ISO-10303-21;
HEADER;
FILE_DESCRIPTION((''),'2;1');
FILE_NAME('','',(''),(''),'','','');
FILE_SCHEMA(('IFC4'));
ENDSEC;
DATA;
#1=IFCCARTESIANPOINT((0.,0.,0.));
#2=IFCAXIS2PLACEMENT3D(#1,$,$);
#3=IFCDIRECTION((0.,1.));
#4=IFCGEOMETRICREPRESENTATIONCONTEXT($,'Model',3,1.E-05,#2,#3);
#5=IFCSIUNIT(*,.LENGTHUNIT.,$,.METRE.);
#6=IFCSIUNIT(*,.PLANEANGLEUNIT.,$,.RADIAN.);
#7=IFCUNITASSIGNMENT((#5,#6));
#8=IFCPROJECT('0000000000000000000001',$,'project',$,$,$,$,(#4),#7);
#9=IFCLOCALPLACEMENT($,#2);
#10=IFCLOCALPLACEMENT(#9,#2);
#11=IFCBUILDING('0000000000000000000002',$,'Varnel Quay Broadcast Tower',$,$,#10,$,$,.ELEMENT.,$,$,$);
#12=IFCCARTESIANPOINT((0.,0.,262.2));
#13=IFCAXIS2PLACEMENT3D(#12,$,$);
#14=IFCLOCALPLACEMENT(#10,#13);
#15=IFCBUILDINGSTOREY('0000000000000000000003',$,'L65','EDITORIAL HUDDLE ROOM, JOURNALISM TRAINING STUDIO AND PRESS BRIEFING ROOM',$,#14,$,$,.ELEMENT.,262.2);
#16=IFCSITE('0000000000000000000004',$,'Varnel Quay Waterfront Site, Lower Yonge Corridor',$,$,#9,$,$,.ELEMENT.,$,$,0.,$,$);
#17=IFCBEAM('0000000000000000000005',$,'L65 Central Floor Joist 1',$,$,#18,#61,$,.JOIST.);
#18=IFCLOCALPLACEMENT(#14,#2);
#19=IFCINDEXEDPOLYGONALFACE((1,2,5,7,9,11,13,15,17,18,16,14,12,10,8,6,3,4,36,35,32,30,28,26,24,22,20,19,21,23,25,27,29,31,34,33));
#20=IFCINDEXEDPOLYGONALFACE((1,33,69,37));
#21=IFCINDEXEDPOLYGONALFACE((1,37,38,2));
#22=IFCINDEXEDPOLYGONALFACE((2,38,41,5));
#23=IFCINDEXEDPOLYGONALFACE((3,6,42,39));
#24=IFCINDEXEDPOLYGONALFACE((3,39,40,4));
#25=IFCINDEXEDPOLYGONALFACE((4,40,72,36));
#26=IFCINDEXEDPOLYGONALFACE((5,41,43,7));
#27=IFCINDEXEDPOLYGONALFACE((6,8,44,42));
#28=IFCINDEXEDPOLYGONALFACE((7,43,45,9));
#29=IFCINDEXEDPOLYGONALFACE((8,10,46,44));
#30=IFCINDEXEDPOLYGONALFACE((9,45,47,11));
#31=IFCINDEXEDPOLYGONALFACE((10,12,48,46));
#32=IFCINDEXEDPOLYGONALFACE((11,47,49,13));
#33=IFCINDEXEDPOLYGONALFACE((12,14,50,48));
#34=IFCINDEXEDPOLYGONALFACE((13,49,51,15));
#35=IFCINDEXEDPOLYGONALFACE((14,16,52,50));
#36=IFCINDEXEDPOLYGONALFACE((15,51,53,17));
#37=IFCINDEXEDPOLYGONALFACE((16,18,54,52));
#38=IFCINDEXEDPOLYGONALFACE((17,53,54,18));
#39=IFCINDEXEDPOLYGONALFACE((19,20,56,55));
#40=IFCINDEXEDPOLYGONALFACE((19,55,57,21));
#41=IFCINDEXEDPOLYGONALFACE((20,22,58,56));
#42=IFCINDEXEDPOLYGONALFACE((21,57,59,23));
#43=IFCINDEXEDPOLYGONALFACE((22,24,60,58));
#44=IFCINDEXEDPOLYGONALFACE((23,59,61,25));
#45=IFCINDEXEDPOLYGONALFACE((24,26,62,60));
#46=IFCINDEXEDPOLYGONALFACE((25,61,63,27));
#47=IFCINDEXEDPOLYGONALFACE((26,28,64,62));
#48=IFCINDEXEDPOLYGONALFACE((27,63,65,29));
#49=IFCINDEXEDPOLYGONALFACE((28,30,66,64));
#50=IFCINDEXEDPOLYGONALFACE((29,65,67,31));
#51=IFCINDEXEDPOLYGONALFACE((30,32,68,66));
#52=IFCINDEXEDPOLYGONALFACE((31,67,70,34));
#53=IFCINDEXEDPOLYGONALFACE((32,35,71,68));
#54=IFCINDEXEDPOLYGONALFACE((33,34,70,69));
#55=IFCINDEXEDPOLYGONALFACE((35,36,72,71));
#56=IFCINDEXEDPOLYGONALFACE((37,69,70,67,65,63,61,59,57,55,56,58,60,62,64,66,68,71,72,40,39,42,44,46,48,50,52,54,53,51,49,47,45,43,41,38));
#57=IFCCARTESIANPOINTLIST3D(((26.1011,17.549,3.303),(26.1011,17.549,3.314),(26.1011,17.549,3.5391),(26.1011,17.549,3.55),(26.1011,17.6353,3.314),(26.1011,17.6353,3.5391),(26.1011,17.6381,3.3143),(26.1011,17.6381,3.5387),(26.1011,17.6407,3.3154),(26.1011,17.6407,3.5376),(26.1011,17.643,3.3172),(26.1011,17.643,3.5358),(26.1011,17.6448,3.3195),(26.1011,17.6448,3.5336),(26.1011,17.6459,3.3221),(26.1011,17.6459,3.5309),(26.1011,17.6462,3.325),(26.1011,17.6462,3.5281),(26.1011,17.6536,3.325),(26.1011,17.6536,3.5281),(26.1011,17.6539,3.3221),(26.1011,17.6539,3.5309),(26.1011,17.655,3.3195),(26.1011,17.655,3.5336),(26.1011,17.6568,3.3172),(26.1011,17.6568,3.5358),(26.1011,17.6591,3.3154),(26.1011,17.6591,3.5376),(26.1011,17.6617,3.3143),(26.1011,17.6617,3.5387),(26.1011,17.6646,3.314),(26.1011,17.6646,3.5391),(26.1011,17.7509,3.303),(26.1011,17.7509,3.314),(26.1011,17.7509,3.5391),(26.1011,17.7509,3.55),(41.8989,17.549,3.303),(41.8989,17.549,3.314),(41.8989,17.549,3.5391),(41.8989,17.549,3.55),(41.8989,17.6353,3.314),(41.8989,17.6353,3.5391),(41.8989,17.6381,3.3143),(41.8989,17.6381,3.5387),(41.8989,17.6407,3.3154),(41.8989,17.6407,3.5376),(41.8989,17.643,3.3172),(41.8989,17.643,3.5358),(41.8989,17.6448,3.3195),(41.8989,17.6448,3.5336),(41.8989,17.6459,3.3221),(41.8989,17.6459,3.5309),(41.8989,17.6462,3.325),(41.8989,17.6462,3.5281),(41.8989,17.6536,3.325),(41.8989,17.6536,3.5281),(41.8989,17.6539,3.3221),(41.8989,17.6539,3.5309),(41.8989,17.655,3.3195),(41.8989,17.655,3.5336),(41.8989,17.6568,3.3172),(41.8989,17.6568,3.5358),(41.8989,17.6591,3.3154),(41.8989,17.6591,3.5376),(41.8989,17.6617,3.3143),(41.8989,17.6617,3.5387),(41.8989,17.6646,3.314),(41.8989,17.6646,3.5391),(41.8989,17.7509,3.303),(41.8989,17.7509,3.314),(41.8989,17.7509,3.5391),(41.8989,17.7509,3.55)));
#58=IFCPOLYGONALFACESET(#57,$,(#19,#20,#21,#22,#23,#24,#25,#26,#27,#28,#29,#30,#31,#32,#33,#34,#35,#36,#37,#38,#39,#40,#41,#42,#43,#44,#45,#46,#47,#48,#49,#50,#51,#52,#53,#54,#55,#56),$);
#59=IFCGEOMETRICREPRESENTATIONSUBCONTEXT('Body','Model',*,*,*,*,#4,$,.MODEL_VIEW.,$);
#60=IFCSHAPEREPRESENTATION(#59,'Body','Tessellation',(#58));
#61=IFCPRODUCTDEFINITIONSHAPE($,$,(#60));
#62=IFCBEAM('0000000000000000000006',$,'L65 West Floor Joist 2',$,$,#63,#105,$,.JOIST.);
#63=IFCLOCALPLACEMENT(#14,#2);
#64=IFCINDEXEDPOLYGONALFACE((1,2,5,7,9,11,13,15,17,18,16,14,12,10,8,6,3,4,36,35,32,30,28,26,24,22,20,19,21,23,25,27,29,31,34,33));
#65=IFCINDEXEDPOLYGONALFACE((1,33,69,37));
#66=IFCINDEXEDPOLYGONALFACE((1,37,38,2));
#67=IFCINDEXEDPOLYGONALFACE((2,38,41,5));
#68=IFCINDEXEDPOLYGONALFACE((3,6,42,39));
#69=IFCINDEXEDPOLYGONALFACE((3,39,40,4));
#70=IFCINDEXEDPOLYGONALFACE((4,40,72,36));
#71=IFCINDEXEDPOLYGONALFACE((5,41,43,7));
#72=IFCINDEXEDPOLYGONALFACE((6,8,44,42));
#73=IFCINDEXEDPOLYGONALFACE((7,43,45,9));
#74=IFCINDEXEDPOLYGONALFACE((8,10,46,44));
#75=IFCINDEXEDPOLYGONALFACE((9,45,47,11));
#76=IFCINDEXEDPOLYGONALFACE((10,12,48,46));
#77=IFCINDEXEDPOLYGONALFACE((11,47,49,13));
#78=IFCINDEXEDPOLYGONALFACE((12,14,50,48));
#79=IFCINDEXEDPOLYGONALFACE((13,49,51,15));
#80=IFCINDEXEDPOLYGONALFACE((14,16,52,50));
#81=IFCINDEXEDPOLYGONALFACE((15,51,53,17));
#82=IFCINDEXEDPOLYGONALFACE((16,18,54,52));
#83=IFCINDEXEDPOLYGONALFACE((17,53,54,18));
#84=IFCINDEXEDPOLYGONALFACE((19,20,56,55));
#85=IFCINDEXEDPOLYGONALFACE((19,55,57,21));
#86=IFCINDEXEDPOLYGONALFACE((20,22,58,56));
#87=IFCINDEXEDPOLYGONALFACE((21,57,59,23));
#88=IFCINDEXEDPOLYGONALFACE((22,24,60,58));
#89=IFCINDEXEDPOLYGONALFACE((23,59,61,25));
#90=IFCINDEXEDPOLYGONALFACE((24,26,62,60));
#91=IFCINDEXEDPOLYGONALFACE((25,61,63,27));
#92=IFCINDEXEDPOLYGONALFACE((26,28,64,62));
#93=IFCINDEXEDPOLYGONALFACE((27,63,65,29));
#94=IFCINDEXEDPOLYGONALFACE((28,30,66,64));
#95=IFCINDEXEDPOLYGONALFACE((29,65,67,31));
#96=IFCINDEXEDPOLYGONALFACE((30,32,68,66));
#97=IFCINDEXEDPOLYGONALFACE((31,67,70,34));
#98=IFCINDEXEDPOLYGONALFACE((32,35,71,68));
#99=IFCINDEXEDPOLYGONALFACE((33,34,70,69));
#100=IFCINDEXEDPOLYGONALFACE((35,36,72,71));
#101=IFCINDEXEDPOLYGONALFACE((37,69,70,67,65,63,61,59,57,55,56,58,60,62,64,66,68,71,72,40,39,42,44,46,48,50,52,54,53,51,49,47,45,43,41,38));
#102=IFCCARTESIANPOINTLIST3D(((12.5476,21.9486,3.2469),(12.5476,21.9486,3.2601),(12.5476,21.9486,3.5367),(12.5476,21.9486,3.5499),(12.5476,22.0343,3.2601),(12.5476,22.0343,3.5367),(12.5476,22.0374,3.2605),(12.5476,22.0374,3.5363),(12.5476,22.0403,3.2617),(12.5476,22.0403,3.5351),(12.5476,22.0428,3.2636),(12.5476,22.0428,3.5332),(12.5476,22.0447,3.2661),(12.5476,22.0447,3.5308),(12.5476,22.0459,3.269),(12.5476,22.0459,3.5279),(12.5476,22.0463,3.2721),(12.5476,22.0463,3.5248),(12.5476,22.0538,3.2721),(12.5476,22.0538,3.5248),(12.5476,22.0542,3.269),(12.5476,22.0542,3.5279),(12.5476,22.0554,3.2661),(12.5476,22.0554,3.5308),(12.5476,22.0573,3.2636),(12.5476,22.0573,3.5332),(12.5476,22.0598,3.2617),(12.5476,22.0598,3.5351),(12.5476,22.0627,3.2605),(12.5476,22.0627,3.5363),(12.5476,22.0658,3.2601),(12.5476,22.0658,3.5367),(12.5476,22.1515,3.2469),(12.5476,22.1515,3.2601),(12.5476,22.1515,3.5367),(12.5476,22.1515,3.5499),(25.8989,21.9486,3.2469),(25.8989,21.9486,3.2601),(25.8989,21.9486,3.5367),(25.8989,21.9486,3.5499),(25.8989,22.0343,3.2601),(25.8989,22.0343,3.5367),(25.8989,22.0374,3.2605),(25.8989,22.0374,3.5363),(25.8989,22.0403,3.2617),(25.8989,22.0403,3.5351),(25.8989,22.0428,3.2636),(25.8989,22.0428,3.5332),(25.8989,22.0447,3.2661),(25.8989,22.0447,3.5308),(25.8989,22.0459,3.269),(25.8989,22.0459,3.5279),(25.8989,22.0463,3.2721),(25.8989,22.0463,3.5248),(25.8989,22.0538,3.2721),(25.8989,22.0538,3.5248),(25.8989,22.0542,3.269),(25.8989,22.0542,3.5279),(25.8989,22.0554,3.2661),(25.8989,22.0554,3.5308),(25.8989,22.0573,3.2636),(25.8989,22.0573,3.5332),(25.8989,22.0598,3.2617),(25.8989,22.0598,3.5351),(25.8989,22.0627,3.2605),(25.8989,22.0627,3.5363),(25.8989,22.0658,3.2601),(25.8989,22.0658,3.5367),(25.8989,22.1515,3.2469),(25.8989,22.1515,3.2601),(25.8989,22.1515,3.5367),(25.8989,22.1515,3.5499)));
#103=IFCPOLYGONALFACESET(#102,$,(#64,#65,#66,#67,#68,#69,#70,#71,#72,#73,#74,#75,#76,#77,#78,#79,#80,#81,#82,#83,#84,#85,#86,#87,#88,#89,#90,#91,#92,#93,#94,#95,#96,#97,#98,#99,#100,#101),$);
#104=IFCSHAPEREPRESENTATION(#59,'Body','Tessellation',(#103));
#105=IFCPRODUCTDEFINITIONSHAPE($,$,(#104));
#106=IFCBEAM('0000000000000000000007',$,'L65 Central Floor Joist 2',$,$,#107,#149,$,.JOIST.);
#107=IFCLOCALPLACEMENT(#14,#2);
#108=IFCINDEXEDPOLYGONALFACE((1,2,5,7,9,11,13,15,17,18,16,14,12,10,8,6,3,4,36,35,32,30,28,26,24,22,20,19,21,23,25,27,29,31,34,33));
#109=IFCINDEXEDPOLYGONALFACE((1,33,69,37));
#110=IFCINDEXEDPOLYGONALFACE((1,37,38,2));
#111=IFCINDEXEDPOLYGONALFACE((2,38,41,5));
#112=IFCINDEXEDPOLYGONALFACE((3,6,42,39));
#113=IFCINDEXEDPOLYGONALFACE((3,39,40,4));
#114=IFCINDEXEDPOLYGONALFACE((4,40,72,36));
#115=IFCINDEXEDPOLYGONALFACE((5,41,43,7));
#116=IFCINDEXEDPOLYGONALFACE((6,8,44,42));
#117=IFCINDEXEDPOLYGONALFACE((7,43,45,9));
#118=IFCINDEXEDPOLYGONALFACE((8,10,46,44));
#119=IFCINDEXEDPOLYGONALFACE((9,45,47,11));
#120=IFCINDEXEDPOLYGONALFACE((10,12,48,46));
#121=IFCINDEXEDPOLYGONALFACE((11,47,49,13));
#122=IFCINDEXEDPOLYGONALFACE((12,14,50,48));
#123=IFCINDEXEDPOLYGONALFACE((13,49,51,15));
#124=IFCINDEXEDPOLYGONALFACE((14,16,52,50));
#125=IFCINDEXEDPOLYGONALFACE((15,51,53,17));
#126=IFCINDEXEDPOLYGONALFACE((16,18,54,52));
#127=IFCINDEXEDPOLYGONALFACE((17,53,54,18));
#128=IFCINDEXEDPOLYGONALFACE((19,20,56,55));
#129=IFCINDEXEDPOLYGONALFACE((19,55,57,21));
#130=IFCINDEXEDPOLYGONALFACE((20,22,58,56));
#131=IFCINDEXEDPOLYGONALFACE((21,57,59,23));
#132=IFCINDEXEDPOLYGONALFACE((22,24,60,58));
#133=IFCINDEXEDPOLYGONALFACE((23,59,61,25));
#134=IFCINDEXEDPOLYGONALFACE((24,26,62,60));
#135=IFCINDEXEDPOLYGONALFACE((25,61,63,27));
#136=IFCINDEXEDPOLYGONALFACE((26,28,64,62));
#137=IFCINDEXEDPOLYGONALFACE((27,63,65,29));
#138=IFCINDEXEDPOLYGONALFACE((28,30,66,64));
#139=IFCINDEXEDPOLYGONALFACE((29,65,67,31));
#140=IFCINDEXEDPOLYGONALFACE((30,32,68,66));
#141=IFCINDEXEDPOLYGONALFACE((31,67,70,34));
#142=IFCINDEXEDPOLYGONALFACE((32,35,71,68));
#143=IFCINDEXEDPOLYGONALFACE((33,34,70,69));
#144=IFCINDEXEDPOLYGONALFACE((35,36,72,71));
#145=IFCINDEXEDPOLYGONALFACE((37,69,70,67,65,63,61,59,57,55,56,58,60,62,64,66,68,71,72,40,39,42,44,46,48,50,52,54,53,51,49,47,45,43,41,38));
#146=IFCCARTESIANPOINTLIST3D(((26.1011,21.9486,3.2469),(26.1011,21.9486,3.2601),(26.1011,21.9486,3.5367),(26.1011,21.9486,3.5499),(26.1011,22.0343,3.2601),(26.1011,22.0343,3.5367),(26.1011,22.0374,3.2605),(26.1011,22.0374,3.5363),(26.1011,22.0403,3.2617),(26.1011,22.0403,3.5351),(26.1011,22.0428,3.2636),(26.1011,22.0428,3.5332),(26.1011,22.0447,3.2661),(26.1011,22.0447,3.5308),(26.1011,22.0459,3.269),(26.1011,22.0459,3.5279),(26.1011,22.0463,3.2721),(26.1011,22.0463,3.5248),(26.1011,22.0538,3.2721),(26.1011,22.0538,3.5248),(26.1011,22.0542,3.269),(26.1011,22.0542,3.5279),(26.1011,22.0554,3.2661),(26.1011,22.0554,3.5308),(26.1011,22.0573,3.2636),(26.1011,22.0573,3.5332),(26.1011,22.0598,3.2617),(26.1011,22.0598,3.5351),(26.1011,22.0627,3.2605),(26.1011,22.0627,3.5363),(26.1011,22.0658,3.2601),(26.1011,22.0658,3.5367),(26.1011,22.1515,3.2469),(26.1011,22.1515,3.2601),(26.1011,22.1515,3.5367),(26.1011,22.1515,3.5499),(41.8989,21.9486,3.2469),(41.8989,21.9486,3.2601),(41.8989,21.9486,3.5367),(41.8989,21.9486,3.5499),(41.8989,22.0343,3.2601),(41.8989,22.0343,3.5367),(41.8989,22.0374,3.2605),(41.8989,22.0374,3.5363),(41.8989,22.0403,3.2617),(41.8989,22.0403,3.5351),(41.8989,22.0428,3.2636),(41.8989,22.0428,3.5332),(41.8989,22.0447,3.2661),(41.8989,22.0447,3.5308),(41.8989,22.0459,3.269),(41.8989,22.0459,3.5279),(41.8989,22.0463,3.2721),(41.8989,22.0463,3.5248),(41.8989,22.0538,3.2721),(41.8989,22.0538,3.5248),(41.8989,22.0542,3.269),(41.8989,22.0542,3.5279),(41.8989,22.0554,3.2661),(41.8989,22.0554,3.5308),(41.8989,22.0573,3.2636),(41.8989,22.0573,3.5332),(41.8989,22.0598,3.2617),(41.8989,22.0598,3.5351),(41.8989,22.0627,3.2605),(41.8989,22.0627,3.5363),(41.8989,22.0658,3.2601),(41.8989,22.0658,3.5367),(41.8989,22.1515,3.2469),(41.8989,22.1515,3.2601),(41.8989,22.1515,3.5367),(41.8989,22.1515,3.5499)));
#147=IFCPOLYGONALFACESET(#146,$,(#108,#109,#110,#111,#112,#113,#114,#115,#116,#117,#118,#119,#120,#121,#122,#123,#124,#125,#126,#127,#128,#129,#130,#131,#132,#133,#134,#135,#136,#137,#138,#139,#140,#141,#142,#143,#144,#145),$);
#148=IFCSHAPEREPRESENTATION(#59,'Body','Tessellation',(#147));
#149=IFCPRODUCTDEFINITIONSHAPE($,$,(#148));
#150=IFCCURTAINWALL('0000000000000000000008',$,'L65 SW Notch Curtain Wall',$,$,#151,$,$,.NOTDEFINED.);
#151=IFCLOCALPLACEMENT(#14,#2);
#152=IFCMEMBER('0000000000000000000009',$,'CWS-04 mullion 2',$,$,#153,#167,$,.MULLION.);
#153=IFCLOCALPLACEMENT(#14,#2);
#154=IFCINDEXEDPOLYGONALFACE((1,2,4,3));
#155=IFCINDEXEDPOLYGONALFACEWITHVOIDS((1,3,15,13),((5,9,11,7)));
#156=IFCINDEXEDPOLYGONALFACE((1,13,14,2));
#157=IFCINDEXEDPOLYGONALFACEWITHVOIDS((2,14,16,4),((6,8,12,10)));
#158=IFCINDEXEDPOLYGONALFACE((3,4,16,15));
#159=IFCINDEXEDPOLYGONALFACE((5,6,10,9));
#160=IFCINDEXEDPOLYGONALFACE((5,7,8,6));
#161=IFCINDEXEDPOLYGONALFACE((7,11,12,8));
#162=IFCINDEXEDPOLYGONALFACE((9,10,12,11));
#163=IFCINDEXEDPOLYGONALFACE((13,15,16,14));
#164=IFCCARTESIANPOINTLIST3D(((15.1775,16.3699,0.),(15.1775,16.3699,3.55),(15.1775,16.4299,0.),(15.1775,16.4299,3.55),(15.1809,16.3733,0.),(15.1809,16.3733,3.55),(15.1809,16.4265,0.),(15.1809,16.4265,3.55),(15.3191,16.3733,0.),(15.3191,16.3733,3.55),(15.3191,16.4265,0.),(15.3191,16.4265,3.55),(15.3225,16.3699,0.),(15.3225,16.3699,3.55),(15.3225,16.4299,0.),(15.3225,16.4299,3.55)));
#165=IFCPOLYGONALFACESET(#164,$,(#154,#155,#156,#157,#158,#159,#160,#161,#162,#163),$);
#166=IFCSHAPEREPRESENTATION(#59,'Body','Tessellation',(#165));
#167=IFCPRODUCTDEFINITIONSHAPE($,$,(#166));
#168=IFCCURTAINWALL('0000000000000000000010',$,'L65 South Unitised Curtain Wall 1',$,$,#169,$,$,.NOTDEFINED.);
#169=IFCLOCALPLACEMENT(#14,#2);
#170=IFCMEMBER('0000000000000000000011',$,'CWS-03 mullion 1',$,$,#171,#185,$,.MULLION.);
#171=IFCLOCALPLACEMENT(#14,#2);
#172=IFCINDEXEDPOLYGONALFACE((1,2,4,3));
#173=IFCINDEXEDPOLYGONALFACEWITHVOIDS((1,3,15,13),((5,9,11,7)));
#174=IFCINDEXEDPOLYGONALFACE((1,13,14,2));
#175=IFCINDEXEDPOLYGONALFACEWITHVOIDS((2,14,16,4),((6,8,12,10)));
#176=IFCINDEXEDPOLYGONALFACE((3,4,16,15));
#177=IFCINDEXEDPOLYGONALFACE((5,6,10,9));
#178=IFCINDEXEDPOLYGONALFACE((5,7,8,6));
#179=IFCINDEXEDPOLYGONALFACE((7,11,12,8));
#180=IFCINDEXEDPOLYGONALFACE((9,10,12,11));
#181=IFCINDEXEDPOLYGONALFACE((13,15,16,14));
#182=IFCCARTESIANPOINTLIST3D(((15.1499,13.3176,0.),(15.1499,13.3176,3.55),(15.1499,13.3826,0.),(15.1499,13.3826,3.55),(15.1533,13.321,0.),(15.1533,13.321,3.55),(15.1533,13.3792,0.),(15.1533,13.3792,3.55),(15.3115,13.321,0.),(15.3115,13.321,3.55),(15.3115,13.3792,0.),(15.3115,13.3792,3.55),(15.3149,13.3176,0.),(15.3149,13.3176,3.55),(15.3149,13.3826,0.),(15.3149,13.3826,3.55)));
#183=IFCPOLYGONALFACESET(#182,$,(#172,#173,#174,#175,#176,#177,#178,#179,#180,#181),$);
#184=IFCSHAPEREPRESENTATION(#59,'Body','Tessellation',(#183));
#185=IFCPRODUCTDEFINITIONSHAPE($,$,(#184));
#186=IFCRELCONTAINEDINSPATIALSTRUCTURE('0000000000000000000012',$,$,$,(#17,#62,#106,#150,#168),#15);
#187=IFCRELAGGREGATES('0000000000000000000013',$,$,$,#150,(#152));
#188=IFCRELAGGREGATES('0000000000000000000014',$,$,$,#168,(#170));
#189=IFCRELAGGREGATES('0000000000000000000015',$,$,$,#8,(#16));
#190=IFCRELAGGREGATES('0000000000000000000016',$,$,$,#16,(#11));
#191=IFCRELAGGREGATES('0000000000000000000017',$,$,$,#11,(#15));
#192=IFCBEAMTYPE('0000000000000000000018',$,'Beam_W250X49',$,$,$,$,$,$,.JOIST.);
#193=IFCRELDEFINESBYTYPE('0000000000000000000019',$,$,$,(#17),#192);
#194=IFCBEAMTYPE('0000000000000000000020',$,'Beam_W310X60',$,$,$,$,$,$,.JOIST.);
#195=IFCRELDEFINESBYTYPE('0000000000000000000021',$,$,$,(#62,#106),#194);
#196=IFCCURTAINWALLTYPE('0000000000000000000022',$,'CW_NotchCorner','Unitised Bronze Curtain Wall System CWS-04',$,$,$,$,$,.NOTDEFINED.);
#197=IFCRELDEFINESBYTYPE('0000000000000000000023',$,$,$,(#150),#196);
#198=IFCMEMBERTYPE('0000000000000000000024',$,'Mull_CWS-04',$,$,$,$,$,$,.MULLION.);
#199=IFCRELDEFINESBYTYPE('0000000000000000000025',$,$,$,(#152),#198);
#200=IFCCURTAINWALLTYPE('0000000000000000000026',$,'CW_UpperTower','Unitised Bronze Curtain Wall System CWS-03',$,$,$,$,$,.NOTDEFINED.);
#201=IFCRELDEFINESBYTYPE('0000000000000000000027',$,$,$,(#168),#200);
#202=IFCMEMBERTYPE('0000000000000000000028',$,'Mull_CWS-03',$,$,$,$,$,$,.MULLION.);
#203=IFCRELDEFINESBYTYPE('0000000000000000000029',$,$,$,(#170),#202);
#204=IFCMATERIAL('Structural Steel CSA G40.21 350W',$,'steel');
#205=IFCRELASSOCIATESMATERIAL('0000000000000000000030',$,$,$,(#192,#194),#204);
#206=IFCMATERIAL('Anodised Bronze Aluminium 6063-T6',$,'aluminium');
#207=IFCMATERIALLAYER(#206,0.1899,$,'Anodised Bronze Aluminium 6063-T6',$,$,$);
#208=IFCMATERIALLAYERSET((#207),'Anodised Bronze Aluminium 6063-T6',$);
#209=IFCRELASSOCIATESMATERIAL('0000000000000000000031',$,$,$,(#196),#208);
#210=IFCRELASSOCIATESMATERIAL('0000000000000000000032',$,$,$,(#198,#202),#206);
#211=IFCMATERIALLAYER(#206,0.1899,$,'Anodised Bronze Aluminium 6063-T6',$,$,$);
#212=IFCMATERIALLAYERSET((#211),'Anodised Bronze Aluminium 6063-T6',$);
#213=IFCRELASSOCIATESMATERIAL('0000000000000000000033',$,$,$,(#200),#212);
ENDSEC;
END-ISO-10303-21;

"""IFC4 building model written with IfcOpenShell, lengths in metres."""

from ifc_helpers import new_model, si_unit, direction, frame, origin, origin_2d, place, context, subcontext, project, spatial, hollow_rectangle, i_section, extrude, source, transform, mapped, material, layer, layer_set, material_profile, profile_set, type_object, type_shapes, element, aggregate, save


model = new_model("IFC4")

# Units and contexts
model_context = context("Model", 3, precision=1e-05, world=origin(), true_north=direction((0.0, 1.0)))
body_context = subcontext(model_context, "Body", "Model", "MODEL_VIEW")
ifc_project = project(units=[si_unit("LENGTHUNIT", "METRE"), si_unit("PLANEANGLEUNIT", "RADIAN")], contexts=[model_context])

# Site, building, storey
site_placement = place(None, origin())
site = spatial("IfcSite", under=ifc_project, at=site_placement, Name="Varnel Quay Waterfront Site, Lower Yonge Corridor", CompositionType="ELEMENT", RefElevation=0.0)
building_placement = place(site_placement, origin())
building = spatial("IfcBuilding", under=site, at=building_placement, Name="Varnel Quay Broadcast Tower", CompositionType="ELEMENT")
storey_placement = place(building_placement, frame((0.0, 0.0, 262.2)))
storey = spatial("IfcBuildingStorey", under=building, at=storey_placement, Name="L65", Description="EDITORIAL HUDDLE ROOM, JOURNALISM TRAINING STUDIO AND PRESS BRIEFING ROOM", CompositionType="ELEMENT", Elevation=262.2)

# Shared definitions
ifc_material_1 = material(Name="Structural Steel CSA G40.21 350W", Category="steel")

# Beams
ifc_material_profile_1 = material_profile(ifc_material_1, i_section(OverallWidth=0.2019, OverallDepth=0.2471, WebThickness=0.0073, FlangeThickness=0.011, FilletRadius=0.011, at=origin_2d()), Name="W250X49")
ifc_profile_set_1 = profile_set([ifc_material_profile_1], Name="Structural Steel CSA G40.21 350W")
beam_type_1 = type_object("IfcBeamType", Name="Beam_W250X49", PredefinedType="JOIST", material=ifc_profile_set_1)
shared_shape_1 = source(origin(), body_context, "Body", "SweptSolid", [
    extrude(i_section(OverallWidth=0.2019, OverallDepth=0.2471, WebThickness=0.0073, FlangeThickness=0.011, FilletRadius=0.011, at=origin_2d()), origin(), (0.0, 0.0, 1.0), 15.7979),
])
beam_1_placement = place(storey_placement, frame((26.1011, 17.6499, 3.4265), z_axis=(1.0, 0.0, 0.0), x_axis=(0.0, 1.0, 0.0)))
element("IfcBeam", 1, at=beam_1_placement, inside=storey, type_object=beam_type_1, Name="L65 Central Floor Joist 1", PredefinedType="JOIST", context=body_context, shape_type="MappedRepresentation", body=[
    mapped(shared_shape_1, transform((0.0, 0.0, 0.0), x_axis=(1.0, 0.0, 0.0), y_axis=(0.0, 1.0, 0.0), z_axis=(0.0, 0.0, 1.0), scale=1.0)),
])
ifc_material_profile_2 = material_profile(ifc_material_1, i_section(OverallWidth=0.2029, OverallDepth=0.303, WebThickness=0.0076, FlangeThickness=0.0132, FilletRadius=0.012, at=origin_2d()), Name="W310X60")
ifc_profile_set_2 = profile_set([ifc_material_profile_2], Name="Structural Steel CSA G40.21 350W")
beam_type_2 = type_object("IfcBeamType", Name="Beam_W310X60", PredefinedType="JOIST", material=ifc_profile_set_2)
shared_shape_2 = source(origin(), body_context, "Body", "SweptSolid", [
    extrude(i_section(OverallWidth=0.2029, OverallDepth=0.303, WebThickness=0.0076, FlangeThickness=0.0132, FilletRadius=0.012, at=origin_2d()), origin(), (0.0, 0.0, 1.0), 13.3513),
])
beam_2_placement = place(storey_placement, frame((12.5476, 22.05, 3.3984), z_axis=(1.0, 0.0, 0.0), x_axis=(0.0, 1.0, 0.0)))
element("IfcBeam", 2, at=beam_2_placement, inside=storey, type_object=beam_type_2, Name="L65 West Floor Joist 2", PredefinedType="JOIST", context=body_context, shape_type="MappedRepresentation", body=[
    mapped(shared_shape_2, transform((0.0, 0.0, 0.0), x_axis=(1.0, 0.0, 0.0), y_axis=(0.0, 1.0, 0.0), z_axis=(0.0, 0.0, 1.0), scale=1.0)),
])
shared_shape_3 = source(origin(), body_context, "Body", "SweptSolid", [
    extrude(i_section(OverallWidth=0.2029, OverallDepth=0.303, WebThickness=0.0076, FlangeThickness=0.0132, FilletRadius=0.012, at=origin_2d()), origin(), (0.0, 0.0, 1.0), 15.7979),
])
type_shapes(beam_type_2, [shared_shape_2, shared_shape_3])
beam_3_placement = place(storey_placement, frame((26.1011, 22.05, 3.3984), z_axis=(1.0, 0.0, 0.0), x_axis=(0.0, 1.0, 0.0)))
element("IfcBeam", 3, at=beam_3_placement, inside=storey, type_object=beam_type_2, Name="L65 Central Floor Joist 2", PredefinedType="JOIST", context=body_context, shape_type="MappedRepresentation", body=[
    mapped(shared_shape_3, transform((0.0, 0.0, 0.0), x_axis=(1.0, 0.0, 0.0), y_axis=(0.0, 1.0, 0.0), z_axis=(0.0, 0.0, 1.0), scale=1.0)),
])

# Curtain wall, member
ifc_material_2 = material(Name="Anodised Bronze Aluminium 6063-T6", Category="aluminium")
ifc_layer_1 = layer(ifc_material_2, 0.1899, Name="Anodised Bronze Aluminium 6063-T6")
ifc_layer_set_1 = layer_set([ifc_layer_1], Name="Anodised Bronze Aluminium 6063-T6")
curtain_wall_type_1 = type_object("IfcCurtainWallType", Name="CW_NotchCorner", Description="Unitised Bronze Curtain Wall System CWS-04", PredefinedType="NOTDEFINED", material=ifc_layer_set_1)
curtain_wall_1_placement = place(storey_placement, origin())
curtain_wall_1 = element("IfcCurtainWall", 4, at=curtain_wall_1_placement, inside=storey, type_object=curtain_wall_type_1, Name="L65 SW Notch Curtain Wall", PredefinedType="NOTDEFINED")
ifc_material_profile_3 = material_profile(ifc_material_2, hollow_rectangle(XDim=0.0601, YDim=0.145, WallThickness=0.0034, at=origin_2d()), Name="ALU60X145X3.5")
ifc_profile_set_3 = profile_set([ifc_material_profile_3], Name="Anodised Bronze Aluminium 6063-T6")
member_type_1 = type_object("IfcMemberType", Name="Mull_CWS-04", PredefinedType="MULLION", material=ifc_profile_set_3)
shared_shape_4 = source(origin(), body_context, "Body", "SweptSolid", [
    extrude(hollow_rectangle(XDim=0.0601, YDim=0.145, WallThickness=0.0034, at=origin_2d()), origin(), (0.0, 0.0, 1.0), 3.55),
])
type_shapes(member_type_1, [shared_shape_4])
member_1_placement = place(storey_placement, frame((15.25, 16.3999, 0.0), z_axis=(0.0, 0.0, 1.0), x_axis=(0.0, 1.0, 0.0)))
member_1 = element("IfcMember", 5, at=member_1_placement, type_object=member_type_1, Name="CWS-04 mullion 2", PredefinedType="MULLION", context=body_context, shape_type="MappedRepresentation", body=[
    mapped(shared_shape_4, transform((0.0, 0.0, 0.0), x_axis=(1.0, 0.0, 0.0), y_axis=(0.0, 1.0, 0.0), z_axis=(0.0, 0.0, 1.0), scale=1.0)),
])

# Curtain wall, member
ifc_layer_2 = layer(ifc_material_2, 0.1899, Name="Anodised Bronze Aluminium 6063-T6")
ifc_layer_set_2 = layer_set([ifc_layer_2], Name="Anodised Bronze Aluminium 6063-T6")
curtain_wall_type_2 = type_object("IfcCurtainWallType", Name="CW_UpperTower", Description="Unitised Bronze Curtain Wall System CWS-03", PredefinedType="NOTDEFINED", material=ifc_layer_set_2)
curtain_wall_2_placement = place(storey_placement, origin())
curtain_wall_2 = element("IfcCurtainWall", 6, at=curtain_wall_2_placement, inside=storey, type_object=curtain_wall_type_2, Name="L65 South Unitised Curtain Wall 1", PredefinedType="NOTDEFINED")
ifc_material_profile_4 = material_profile(ifc_material_2, hollow_rectangle(XDim=0.0649, YDim=0.165, WallThickness=0.0034, at=origin_2d()), Name="ALU65X165X3.5")
ifc_profile_set_4 = profile_set([ifc_material_profile_4], Name="Anodised Bronze Aluminium 6063-T6")
member_type_2 = type_object("IfcMemberType", Name="Mull_CWS-03", PredefinedType="MULLION", material=ifc_profile_set_4)
shared_shape_5 = source(origin(), body_context, "Body", "SweptSolid", [
    extrude(hollow_rectangle(XDim=0.0649, YDim=0.165, WallThickness=0.0034, at=origin_2d()), origin(), (0.0, 0.0, 1.0), 3.55),
])
type_shapes(member_type_2, [shared_shape_5])
member_2_placement = place(storey_placement, frame((15.2324, 13.3501, 0.0), z_axis=(0.0, 0.0, 1.0), x_axis=(0.0, 1.0, 0.0)))
member_2 = element("IfcMember", 7, at=member_2_placement, type_object=member_type_2, Name="CWS-03 mullion 1", PredefinedType="MULLION", context=body_context, shape_type="MappedRepresentation", body=[
    mapped(shared_shape_5, transform((0.0, 0.0, 0.0), x_axis=(1.0, 0.0, 0.0), y_axis=(0.0, 1.0, 0.0), z_axis=(0.0, 0.0, 1.0), scale=1.0)),
])

aggregate(curtain_wall_1, [member_1])
aggregate(curtain_wall_2, [member_2])

save(model, "model.ifc")
